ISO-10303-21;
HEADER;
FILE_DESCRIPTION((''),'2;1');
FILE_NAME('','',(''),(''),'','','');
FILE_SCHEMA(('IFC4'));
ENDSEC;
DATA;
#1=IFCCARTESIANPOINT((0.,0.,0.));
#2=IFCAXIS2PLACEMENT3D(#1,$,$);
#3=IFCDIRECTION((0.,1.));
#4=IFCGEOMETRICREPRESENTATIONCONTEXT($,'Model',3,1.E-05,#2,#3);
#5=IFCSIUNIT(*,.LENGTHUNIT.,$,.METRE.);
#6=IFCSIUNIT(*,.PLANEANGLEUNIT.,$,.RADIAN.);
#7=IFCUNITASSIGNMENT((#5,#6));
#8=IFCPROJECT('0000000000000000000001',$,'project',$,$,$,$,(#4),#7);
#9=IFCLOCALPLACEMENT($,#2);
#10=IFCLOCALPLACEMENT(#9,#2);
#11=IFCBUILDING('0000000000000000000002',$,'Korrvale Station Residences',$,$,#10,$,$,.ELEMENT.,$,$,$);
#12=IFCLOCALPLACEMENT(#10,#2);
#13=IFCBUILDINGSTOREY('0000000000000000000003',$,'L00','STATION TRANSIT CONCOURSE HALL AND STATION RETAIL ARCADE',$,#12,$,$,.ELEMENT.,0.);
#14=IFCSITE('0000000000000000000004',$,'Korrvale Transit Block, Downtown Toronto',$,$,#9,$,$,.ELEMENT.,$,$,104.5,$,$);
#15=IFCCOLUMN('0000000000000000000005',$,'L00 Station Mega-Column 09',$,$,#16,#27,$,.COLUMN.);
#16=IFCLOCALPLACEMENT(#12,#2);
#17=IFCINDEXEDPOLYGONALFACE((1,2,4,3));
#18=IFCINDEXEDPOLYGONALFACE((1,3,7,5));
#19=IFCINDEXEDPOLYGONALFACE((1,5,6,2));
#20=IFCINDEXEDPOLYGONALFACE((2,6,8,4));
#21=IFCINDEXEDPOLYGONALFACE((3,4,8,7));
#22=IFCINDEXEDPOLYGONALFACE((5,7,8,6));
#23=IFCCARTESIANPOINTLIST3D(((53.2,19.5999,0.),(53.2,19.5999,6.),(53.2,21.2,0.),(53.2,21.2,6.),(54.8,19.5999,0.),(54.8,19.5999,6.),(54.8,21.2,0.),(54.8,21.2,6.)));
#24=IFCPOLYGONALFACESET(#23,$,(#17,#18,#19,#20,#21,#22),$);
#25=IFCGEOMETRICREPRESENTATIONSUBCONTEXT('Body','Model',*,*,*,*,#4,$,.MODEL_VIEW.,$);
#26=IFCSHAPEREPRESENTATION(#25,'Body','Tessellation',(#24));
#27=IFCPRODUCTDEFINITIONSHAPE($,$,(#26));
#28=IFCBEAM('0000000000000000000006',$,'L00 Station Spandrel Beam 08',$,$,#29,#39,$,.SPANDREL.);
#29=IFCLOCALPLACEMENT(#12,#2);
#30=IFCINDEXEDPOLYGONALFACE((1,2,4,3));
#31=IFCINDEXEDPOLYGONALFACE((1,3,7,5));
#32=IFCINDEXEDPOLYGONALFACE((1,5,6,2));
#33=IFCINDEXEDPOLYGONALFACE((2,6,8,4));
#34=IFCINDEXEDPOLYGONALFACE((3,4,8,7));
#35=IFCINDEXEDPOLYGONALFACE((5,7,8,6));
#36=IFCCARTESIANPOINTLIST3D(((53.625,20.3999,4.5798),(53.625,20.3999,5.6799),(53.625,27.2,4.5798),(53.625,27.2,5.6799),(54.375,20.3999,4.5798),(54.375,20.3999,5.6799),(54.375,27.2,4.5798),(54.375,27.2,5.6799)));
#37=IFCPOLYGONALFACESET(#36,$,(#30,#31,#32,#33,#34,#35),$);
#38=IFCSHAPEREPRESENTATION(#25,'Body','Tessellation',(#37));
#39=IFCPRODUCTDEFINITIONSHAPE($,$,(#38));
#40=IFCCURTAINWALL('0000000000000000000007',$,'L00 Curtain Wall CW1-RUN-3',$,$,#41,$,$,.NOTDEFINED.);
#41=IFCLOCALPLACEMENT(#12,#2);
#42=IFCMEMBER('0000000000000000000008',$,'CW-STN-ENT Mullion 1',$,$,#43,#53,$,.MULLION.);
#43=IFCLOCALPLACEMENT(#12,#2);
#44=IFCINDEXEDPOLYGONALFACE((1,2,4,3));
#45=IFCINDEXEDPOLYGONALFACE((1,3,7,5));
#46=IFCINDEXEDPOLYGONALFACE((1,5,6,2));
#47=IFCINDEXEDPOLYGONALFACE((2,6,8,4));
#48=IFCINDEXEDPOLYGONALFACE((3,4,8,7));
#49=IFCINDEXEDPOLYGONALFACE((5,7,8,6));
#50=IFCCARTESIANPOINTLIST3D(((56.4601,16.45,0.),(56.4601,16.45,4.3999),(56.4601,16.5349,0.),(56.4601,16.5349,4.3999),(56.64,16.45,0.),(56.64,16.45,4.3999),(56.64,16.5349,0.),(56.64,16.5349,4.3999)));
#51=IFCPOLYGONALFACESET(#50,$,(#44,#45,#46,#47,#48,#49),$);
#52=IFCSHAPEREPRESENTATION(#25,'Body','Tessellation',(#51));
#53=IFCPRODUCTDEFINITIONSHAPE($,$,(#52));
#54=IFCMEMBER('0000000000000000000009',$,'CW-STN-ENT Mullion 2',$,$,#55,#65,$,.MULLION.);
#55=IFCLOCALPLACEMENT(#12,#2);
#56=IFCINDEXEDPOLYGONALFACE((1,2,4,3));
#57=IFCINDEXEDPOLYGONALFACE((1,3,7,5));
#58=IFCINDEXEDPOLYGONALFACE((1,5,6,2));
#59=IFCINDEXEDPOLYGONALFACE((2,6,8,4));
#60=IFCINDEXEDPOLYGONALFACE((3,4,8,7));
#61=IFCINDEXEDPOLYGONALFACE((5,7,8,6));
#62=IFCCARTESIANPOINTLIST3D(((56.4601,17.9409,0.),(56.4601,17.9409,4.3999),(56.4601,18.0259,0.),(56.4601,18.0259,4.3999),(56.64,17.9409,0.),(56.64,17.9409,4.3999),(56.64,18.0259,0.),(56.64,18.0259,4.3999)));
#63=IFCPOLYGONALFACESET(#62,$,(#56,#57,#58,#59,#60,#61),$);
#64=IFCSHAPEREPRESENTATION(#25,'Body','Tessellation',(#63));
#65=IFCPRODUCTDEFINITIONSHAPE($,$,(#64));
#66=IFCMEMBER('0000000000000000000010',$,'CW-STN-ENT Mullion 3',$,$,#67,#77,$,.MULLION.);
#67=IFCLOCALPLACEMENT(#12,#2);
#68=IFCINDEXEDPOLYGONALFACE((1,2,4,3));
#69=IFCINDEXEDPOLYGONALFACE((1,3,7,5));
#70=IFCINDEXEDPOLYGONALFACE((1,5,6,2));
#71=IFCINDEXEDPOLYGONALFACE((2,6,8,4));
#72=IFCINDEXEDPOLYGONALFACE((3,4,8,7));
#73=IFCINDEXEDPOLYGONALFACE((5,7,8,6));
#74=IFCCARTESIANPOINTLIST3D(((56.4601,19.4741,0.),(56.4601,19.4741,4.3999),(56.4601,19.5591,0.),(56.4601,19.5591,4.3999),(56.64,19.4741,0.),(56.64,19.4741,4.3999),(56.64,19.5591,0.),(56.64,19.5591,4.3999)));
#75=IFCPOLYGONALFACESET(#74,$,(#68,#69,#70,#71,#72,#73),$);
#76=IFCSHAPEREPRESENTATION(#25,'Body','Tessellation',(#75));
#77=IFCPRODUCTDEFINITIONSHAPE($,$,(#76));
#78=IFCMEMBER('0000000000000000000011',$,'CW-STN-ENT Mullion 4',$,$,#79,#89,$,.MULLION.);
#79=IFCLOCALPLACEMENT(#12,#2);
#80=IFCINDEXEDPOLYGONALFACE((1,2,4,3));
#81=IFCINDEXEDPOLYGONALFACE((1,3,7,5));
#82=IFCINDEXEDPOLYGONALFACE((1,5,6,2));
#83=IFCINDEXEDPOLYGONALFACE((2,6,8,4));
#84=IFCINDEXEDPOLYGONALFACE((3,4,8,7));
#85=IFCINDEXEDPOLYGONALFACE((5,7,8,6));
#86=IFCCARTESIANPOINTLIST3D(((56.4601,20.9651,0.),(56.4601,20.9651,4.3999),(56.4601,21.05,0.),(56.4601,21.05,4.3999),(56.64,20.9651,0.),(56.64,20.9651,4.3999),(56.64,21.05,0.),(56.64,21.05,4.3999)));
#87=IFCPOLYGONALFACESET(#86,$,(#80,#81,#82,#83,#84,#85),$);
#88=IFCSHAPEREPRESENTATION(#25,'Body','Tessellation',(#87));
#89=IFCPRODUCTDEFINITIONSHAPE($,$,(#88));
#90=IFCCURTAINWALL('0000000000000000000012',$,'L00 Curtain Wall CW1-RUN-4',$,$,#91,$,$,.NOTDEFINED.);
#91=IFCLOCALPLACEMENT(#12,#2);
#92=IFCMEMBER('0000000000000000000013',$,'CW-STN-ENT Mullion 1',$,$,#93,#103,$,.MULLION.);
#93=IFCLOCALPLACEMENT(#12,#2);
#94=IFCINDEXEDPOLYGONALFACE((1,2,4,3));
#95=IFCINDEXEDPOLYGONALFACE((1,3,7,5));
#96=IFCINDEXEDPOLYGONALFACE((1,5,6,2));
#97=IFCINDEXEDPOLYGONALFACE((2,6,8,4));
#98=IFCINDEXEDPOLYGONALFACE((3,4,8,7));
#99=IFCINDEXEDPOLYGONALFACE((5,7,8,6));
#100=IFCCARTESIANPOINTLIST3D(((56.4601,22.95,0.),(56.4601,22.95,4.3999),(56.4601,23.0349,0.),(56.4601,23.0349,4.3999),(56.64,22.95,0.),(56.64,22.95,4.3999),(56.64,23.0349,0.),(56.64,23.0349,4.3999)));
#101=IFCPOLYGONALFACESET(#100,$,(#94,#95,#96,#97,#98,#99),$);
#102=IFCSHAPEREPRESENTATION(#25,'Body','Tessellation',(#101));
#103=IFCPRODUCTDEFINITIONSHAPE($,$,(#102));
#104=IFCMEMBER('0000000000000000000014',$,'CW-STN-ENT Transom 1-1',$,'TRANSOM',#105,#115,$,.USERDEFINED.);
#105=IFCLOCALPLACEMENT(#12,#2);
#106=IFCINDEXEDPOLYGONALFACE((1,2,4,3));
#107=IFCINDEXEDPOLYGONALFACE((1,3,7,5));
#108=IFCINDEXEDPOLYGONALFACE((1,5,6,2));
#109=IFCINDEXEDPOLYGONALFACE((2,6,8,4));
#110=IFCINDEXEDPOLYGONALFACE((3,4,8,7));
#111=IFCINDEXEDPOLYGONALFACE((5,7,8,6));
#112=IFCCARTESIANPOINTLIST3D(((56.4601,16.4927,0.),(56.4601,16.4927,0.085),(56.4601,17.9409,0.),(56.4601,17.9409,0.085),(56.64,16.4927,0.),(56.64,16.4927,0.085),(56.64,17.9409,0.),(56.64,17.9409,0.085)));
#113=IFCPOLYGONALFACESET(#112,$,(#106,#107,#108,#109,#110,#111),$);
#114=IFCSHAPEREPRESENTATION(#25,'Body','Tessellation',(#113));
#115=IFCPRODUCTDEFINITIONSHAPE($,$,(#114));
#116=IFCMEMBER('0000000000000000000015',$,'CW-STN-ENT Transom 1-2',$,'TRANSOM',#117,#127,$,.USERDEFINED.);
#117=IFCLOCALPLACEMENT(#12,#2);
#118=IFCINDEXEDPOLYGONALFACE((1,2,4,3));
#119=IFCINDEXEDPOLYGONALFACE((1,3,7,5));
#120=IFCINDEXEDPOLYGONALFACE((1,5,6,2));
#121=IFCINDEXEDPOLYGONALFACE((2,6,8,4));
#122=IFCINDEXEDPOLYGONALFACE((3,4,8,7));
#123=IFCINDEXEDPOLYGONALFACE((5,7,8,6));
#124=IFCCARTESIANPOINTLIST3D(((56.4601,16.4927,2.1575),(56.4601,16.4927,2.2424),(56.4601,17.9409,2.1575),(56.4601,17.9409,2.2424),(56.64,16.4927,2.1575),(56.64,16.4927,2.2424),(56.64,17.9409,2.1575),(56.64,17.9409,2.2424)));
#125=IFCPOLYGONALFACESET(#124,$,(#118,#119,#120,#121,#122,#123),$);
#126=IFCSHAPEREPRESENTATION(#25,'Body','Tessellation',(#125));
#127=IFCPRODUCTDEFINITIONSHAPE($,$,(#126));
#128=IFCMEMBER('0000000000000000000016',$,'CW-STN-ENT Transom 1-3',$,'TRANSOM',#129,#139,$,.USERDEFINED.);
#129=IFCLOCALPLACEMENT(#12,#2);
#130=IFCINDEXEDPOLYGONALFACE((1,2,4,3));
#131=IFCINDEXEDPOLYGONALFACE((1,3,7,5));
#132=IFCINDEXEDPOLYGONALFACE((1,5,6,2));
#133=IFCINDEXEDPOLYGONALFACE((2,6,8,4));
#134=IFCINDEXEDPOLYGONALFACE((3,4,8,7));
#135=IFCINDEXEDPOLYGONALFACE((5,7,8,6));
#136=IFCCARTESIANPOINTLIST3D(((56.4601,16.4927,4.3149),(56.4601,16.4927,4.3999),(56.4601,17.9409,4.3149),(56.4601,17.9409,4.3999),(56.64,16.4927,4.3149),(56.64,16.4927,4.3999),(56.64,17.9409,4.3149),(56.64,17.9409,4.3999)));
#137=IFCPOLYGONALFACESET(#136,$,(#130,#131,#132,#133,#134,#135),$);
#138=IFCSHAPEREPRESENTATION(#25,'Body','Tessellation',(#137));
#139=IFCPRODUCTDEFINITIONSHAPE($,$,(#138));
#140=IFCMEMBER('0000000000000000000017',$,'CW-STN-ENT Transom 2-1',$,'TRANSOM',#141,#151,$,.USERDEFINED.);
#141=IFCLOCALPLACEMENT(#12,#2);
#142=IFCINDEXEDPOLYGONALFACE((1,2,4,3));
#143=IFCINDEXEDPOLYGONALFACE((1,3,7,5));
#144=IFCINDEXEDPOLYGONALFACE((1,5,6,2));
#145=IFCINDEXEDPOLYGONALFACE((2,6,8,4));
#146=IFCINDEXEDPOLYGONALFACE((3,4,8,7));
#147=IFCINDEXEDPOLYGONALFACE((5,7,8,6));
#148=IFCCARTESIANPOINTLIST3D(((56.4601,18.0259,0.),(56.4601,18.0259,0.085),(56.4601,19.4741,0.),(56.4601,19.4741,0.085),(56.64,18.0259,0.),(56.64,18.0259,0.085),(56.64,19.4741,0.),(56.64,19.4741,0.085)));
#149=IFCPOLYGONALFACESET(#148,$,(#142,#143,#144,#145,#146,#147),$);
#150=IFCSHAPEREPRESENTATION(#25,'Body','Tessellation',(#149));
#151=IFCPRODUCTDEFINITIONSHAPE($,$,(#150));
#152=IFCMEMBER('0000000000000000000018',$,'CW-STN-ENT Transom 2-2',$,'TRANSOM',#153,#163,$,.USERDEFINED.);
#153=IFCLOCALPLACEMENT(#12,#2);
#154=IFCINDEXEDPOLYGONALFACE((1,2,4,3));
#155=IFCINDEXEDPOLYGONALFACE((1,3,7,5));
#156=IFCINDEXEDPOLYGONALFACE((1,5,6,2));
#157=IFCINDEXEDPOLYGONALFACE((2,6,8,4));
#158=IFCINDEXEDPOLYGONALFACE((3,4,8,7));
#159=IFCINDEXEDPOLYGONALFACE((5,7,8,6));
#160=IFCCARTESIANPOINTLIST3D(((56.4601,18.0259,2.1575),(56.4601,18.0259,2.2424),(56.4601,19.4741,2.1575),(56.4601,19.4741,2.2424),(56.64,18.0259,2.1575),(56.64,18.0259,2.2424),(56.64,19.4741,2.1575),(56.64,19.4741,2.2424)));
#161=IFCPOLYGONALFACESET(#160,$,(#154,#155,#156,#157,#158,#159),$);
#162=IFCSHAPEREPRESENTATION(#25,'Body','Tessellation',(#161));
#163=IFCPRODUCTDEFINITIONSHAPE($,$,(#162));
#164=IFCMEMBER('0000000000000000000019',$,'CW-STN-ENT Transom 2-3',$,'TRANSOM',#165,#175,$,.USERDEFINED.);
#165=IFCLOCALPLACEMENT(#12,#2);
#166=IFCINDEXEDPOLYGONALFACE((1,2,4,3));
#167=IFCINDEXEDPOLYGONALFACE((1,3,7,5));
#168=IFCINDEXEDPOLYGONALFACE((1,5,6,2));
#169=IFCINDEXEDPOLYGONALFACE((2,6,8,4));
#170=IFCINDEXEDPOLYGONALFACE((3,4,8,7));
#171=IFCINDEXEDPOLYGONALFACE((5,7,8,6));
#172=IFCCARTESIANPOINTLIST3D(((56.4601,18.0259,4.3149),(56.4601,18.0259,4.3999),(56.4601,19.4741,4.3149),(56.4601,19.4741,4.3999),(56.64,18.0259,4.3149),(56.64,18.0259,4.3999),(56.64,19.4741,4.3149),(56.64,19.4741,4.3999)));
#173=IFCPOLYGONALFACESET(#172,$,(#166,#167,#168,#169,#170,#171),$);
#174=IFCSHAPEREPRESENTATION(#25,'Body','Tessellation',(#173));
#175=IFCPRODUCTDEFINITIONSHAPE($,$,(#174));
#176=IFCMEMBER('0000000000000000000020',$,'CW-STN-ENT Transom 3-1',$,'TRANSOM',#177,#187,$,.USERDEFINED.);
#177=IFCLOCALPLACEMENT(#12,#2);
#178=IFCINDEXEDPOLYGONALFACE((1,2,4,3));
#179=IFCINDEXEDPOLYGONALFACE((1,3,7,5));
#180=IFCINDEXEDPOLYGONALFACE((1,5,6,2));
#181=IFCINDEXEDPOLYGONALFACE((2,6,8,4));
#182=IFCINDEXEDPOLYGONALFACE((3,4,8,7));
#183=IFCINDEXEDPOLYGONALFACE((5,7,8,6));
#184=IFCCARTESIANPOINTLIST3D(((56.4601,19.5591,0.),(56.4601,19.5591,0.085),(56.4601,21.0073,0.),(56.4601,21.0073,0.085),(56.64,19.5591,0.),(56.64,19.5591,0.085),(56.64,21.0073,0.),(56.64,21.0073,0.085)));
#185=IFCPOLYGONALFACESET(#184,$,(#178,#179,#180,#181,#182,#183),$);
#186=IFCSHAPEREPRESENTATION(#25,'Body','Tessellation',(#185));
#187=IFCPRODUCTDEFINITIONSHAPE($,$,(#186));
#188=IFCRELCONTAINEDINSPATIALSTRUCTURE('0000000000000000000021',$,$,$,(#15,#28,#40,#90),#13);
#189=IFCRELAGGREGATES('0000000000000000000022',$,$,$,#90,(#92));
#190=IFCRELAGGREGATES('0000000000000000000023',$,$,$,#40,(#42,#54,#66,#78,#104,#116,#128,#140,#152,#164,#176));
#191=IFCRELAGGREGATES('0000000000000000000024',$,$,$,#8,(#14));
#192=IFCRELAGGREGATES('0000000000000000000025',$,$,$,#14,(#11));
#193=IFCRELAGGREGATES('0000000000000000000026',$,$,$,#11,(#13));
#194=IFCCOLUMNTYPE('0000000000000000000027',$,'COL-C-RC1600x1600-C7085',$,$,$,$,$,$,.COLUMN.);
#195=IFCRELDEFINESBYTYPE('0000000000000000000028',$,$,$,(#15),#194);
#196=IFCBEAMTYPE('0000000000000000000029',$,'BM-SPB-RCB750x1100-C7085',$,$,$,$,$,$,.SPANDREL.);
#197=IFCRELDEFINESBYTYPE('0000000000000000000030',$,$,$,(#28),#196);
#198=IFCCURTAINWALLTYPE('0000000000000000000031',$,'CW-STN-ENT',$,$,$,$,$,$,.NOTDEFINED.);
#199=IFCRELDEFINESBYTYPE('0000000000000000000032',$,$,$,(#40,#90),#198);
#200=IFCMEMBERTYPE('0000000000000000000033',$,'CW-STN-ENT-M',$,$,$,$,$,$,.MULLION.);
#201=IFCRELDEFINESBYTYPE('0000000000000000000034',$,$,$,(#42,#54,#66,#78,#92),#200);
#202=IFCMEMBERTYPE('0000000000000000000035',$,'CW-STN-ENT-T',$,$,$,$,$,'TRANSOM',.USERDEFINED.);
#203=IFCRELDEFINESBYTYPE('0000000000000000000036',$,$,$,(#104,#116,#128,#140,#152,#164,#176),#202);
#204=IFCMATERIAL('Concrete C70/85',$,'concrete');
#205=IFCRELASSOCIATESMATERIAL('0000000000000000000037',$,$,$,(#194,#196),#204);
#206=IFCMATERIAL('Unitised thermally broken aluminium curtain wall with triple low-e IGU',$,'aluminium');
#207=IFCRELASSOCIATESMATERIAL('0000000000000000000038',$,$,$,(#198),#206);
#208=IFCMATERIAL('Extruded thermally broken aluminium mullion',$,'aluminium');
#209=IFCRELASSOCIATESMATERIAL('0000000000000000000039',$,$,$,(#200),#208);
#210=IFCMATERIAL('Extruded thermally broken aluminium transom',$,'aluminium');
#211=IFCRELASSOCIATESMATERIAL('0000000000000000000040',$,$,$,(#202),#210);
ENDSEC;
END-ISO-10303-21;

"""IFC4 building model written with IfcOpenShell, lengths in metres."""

from ifc_helpers import new_model, si_unit, direction, frame, origin, origin_2d, place, context, subcontext, project, spatial, rectangle, extrude, material, material_profile, profile_set, type_object, element, aggregate, save


model = new_model("IFC4")

# Units and contexts
model_context = context("Model", 3, precision=1e-05, world=origin(), true_north=direction((0.0, 1.0)))
body_context = subcontext(model_context, "Body", "Model", "MODEL_VIEW")
ifc_project = project(units=[si_unit("LENGTHUNIT", "METRE"), si_unit("PLANEANGLEUNIT", "RADIAN")], contexts=[model_context])

# Site, building, storey
site_placement = place(None, origin())
site = spatial("IfcSite", under=ifc_project, at=site_placement, Name="Korrvale Transit Block, Downtown Toronto", CompositionType="ELEMENT", RefElevation=104.5)
building_placement = place(site_placement, origin())
building = spatial("IfcBuilding", under=site, at=building_placement, Name="Korrvale Station Residences", CompositionType="ELEMENT")
storey_placement = place(building_placement, origin())
storey = spatial("IfcBuildingStorey", under=building, at=storey_placement, Name="L00", Description="STATION TRANSIT CONCOURSE HALL AND STATION RETAIL ARCADE", CompositionType="ELEMENT", Elevation=0.0)

# Column
ifc_material_1 = material(Name="Concrete C70/85", Category="concrete")
ifc_material_profile_1 = material_profile(ifc_material_1, rectangle(XDim=1.6001, YDim=1.6001, at=origin_2d()), Name="RC1600x1600")
ifc_profile_set_1 = profile_set([ifc_material_profile_1], Name="Concrete C70/85")
column_type = type_object("IfcColumnType", Name="COL-C-RC1600x1600-C7085", PredefinedType="COLUMN", material=ifc_profile_set_1)
column_placement = place(storey_placement, frame((54.0, 20.3999, 0.0), z_axis=(0.0, 0.0, 1.0), x_axis=(1.0, 0.0, 0.0)))
element("IfcColumn", 1, at=column_placement, inside=storey, type_object=column_type, Name="L00 Station Mega-Column 09", PredefinedType="COLUMN", context=body_context, shape_type="SweptSolid", body=[
    extrude(rectangle(XDim=1.6001, YDim=1.6001, at=origin_2d()), origin(), (0.0, 0.0, 1.0), 6.0),
])

# Beam
ifc_material_profile_2 = material_profile(ifc_material_1, rectangle(XDim=0.75, YDim=1.1001, at=origin_2d()), Name="RCB750x1100")
ifc_profile_set_2 = profile_set([ifc_material_profile_2], Name="Concrete C70/85")
beam_type = type_object("IfcBeamType", Name="BM-SPB-RCB750x1100-C7085", PredefinedType="SPANDREL", material=ifc_profile_set_2)
beam_placement = place(storey_placement, frame((54.0, 20.3999, 5.1299), z_axis=(0.0, 1.0, 0.0), x_axis=(-1.0, 0.0, 0.0)))
element("IfcBeam", 2, at=beam_placement, inside=storey, type_object=beam_type, Name="L00 Station Spandrel Beam 08", PredefinedType="SPANDREL", context=body_context, shape_type="SweptSolid", body=[
    extrude(rectangle(XDim=0.75, YDim=1.1001, at=origin_2d()), origin(), (0.0, 0.0, 1.0), 6.8),
])

# Curtain wall, members
ifc_material_2 = material(Name="Unitised thermally broken aluminium curtain wall with triple low-e IGU", Category="aluminium")
curtain_wall_type = type_object("IfcCurtainWallType", Name="CW-STN-ENT", PredefinedType="NOTDEFINED", material=ifc_material_2)
curtain_wall_1_placement = place(storey_placement, origin())
curtain_wall_1 = element("IfcCurtainWall", 3, at=curtain_wall_1_placement, inside=storey, type_object=curtain_wall_type, Name="L00 Curtain Wall CW1-RUN-3", PredefinedType="NOTDEFINED")
ifc_material_3 = material(Name="Extruded thermally broken aluminium mullion", Category="aluminium")
member_type_1 = type_object("IfcMemberType", Name="CW-STN-ENT-M", PredefinedType="MULLION", material=ifc_material_3)
member_1_placement = place(storey_placement, frame((56.55, 16.4924, 0.0), z_axis=(0.0, 0.0, 1.0), x_axis=(0.0, 1.0, 0.0)))
member_1 = element("IfcMember", 4, at=member_1_placement, type_object=member_type_1, Name="CW-STN-ENT Mullion 1", PredefinedType="MULLION", context=body_context, shape_type="SweptSolid", body=[
    extrude(rectangle(XDim=0.085, YDim=0.1799, at=origin_2d()), origin(), (0.0, 0.0, 1.0), 4.3999),
])
member_2_placement = place(storey_placement, frame((56.55, 17.9834, 0.0), z_axis=(0.0, 0.0, 1.0), x_axis=(0.0, 1.0, 0.0)))
member_2 = element("IfcMember", 5, at=member_2_placement, type_object=member_type_1, Name="CW-STN-ENT Mullion 2", PredefinedType="MULLION", context=body_context, shape_type="SweptSolid", body=[
    extrude(rectangle(XDim=0.085, YDim=0.1799, at=origin_2d()), origin(), (0.0, 0.0, 1.0), 4.3999),
])
member_3_placement = place(storey_placement, frame((56.55, 19.5166, 0.0), z_axis=(0.0, 0.0, 1.0), x_axis=(0.0, 1.0, 0.0)))
member_3 = element("IfcMember", 6, at=member_3_placement, type_object=member_type_1, Name="CW-STN-ENT Mullion 3", PredefinedType="MULLION", context=body_context, shape_type="SweptSolid", body=[
    extrude(rectangle(XDim=0.085, YDim=0.1799, at=origin_2d()), origin(), (0.0, 0.0, 1.0), 4.3999),
])
member_4_placement = place(storey_placement, frame((56.55, 21.0076, 0.0), z_axis=(0.0, 0.0, 1.0), x_axis=(0.0, 1.0, 0.0)))
member_4 = element("IfcMember", 7, at=member_4_placement, type_object=member_type_1, Name="CW-STN-ENT Mullion 4", PredefinedType="MULLION", context=body_context, shape_type="SweptSolid", body=[
    extrude(rectangle(XDim=0.085, YDim=0.1799, at=origin_2d()), origin(), (0.0, 0.0, 1.0), 4.3999),
])

# Curtain wall, member
curtain_wall_2_placement = place(storey_placement, origin())
curtain_wall_2 = element("IfcCurtainWall", 8, at=curtain_wall_2_placement, inside=storey, type_object=curtain_wall_type, Name="L00 Curtain Wall CW1-RUN-4", PredefinedType="NOTDEFINED")
member_5_placement = place(storey_placement, frame((56.55, 22.9924, 0.0), z_axis=(0.0, 0.0, 1.0), x_axis=(0.0, 1.0, 0.0)))
member_5 = element("IfcMember", 9, at=member_5_placement, type_object=member_type_1, Name="CW-STN-ENT Mullion 1", PredefinedType="MULLION", context=body_context, shape_type="SweptSolid", body=[
    extrude(rectangle(XDim=0.085, YDim=0.1799, at=origin_2d()), origin(), (0.0, 0.0, 1.0), 4.3999),
])

# Members
ifc_material_4 = material(Name="Extruded thermally broken aluminium transom", Category="aluminium")
member_type_2 = type_object("IfcMemberType", Name="CW-STN-ENT-T", ElementType="TRANSOM", PredefinedType="USERDEFINED", material=ifc_material_4)
member_6_placement = place(storey_placement, frame((56.55, 17.2168, 0.0), z_axis=(0.0, 0.0, 1.0), x_axis=(0.0, 1.0, 0.0)))
member_6 = element("IfcMember", 10, at=member_6_placement, type_object=member_type_2, Name="CW-STN-ENT Transom 1-1", ObjectType="TRANSOM", PredefinedType="USERDEFINED", context=body_context, shape_type="SweptSolid", body=[
    extrude(rectangle(XDim=1.4482, YDim=0.1799, at=origin_2d()), origin(), (0.0, 0.0, 1.0), 0.085),
])
member_7_placement = place(storey_placement, frame((56.55, 17.2168, 2.1575), z_axis=(0.0, 0.0, 1.0), x_axis=(0.0, 1.0, 0.0)))
member_7 = element("IfcMember", 11, at=member_7_placement, type_object=member_type_2, Name="CW-STN-ENT Transom 1-2", ObjectType="TRANSOM", PredefinedType="USERDEFINED", context=body_context, shape_type="SweptSolid", body=[
    extrude(rectangle(XDim=1.4482, YDim=0.1799, at=origin_2d()), origin(), (0.0, 0.0, 1.0), 0.085),
])
member_8_placement = place(storey_placement, frame((56.55, 17.2168, 4.3149), z_axis=(0.0, 0.0, 1.0), x_axis=(0.0, 1.0, 0.0)))
member_8 = element("IfcMember", 12, at=member_8_placement, type_object=member_type_2, Name="CW-STN-ENT Transom 1-3", ObjectType="TRANSOM", PredefinedType="USERDEFINED", context=body_context, shape_type="SweptSolid", body=[
    extrude(rectangle(XDim=1.4482, YDim=0.1799, at=origin_2d()), origin(), (0.0, 0.0, 1.0), 0.085),
])
member_9_placement = place(storey_placement, frame((56.55, 18.75, 0.0), z_axis=(0.0, 0.0, 1.0), x_axis=(0.0, 1.0, 0.0)))
member_9 = element("IfcMember", 13, at=member_9_placement, type_object=member_type_2, Name="CW-STN-ENT Transom 2-1", ObjectType="TRANSOM", PredefinedType="USERDEFINED", context=body_context, shape_type="SweptSolid", body=[
    extrude(rectangle(XDim=1.4482, YDim=0.1799, at=origin_2d()), origin(), (0.0, 0.0, 1.0), 0.085),
])
member_10_placement = place(storey_placement, frame((56.55, 18.75, 2.1575), z_axis=(0.0, 0.0, 1.0), x_axis=(0.0, 1.0, 0.0)))
member_10 = element("IfcMember", 14, at=member_10_placement, type_object=member_type_2, Name="CW-STN-ENT Transom 2-2", ObjectType="TRANSOM", PredefinedType="USERDEFINED", context=body_context, shape_type="SweptSolid", body=[
    extrude(rectangle(XDim=1.4482, YDim=0.1799, at=origin_2d()), origin(), (0.0, 0.0, 1.0), 0.085),
])
member_11_placement = place(storey_placement, frame((56.55, 18.75, 4.3149), z_axis=(0.0, 0.0, 1.0), x_axis=(0.0, 1.0, 0.0)))
member_11 = element("IfcMember", 15, at=member_11_placement, type_object=member_type_2, Name="CW-STN-ENT Transom 2-3", ObjectType="TRANSOM", PredefinedType="USERDEFINED", context=body_context, shape_type="SweptSolid", body=[
    extrude(rectangle(XDim=1.4482, YDim=0.1799, at=origin_2d()), origin(), (0.0, 0.0, 1.0), 0.085),
])
member_12_placement = place(storey_placement, frame((56.55, 20.2832, 0.0), z_axis=(0.0, 0.0, 1.0), x_axis=(0.0, 1.0, 0.0)))
member_12 = element("IfcMember", 16, at=member_12_placement, type_object=member_type_2, Name="CW-STN-ENT Transom 3-1", ObjectType="TRANSOM", PredefinedType="USERDEFINED", context=body_context, shape_type="SweptSolid", body=[
    extrude(rectangle(XDim=1.4482, YDim=0.1799, at=origin_2d()), origin(), (0.0, 0.0, 1.0), 0.085),
])
aggregate(curtain_wall_2, [member_5])

aggregate(curtain_wall_1, [member_1, member_2, member_3, member_4, member_6, member_7, member_8, member_9, member_10, member_11, member_12])

save(model, "model.ifc")
